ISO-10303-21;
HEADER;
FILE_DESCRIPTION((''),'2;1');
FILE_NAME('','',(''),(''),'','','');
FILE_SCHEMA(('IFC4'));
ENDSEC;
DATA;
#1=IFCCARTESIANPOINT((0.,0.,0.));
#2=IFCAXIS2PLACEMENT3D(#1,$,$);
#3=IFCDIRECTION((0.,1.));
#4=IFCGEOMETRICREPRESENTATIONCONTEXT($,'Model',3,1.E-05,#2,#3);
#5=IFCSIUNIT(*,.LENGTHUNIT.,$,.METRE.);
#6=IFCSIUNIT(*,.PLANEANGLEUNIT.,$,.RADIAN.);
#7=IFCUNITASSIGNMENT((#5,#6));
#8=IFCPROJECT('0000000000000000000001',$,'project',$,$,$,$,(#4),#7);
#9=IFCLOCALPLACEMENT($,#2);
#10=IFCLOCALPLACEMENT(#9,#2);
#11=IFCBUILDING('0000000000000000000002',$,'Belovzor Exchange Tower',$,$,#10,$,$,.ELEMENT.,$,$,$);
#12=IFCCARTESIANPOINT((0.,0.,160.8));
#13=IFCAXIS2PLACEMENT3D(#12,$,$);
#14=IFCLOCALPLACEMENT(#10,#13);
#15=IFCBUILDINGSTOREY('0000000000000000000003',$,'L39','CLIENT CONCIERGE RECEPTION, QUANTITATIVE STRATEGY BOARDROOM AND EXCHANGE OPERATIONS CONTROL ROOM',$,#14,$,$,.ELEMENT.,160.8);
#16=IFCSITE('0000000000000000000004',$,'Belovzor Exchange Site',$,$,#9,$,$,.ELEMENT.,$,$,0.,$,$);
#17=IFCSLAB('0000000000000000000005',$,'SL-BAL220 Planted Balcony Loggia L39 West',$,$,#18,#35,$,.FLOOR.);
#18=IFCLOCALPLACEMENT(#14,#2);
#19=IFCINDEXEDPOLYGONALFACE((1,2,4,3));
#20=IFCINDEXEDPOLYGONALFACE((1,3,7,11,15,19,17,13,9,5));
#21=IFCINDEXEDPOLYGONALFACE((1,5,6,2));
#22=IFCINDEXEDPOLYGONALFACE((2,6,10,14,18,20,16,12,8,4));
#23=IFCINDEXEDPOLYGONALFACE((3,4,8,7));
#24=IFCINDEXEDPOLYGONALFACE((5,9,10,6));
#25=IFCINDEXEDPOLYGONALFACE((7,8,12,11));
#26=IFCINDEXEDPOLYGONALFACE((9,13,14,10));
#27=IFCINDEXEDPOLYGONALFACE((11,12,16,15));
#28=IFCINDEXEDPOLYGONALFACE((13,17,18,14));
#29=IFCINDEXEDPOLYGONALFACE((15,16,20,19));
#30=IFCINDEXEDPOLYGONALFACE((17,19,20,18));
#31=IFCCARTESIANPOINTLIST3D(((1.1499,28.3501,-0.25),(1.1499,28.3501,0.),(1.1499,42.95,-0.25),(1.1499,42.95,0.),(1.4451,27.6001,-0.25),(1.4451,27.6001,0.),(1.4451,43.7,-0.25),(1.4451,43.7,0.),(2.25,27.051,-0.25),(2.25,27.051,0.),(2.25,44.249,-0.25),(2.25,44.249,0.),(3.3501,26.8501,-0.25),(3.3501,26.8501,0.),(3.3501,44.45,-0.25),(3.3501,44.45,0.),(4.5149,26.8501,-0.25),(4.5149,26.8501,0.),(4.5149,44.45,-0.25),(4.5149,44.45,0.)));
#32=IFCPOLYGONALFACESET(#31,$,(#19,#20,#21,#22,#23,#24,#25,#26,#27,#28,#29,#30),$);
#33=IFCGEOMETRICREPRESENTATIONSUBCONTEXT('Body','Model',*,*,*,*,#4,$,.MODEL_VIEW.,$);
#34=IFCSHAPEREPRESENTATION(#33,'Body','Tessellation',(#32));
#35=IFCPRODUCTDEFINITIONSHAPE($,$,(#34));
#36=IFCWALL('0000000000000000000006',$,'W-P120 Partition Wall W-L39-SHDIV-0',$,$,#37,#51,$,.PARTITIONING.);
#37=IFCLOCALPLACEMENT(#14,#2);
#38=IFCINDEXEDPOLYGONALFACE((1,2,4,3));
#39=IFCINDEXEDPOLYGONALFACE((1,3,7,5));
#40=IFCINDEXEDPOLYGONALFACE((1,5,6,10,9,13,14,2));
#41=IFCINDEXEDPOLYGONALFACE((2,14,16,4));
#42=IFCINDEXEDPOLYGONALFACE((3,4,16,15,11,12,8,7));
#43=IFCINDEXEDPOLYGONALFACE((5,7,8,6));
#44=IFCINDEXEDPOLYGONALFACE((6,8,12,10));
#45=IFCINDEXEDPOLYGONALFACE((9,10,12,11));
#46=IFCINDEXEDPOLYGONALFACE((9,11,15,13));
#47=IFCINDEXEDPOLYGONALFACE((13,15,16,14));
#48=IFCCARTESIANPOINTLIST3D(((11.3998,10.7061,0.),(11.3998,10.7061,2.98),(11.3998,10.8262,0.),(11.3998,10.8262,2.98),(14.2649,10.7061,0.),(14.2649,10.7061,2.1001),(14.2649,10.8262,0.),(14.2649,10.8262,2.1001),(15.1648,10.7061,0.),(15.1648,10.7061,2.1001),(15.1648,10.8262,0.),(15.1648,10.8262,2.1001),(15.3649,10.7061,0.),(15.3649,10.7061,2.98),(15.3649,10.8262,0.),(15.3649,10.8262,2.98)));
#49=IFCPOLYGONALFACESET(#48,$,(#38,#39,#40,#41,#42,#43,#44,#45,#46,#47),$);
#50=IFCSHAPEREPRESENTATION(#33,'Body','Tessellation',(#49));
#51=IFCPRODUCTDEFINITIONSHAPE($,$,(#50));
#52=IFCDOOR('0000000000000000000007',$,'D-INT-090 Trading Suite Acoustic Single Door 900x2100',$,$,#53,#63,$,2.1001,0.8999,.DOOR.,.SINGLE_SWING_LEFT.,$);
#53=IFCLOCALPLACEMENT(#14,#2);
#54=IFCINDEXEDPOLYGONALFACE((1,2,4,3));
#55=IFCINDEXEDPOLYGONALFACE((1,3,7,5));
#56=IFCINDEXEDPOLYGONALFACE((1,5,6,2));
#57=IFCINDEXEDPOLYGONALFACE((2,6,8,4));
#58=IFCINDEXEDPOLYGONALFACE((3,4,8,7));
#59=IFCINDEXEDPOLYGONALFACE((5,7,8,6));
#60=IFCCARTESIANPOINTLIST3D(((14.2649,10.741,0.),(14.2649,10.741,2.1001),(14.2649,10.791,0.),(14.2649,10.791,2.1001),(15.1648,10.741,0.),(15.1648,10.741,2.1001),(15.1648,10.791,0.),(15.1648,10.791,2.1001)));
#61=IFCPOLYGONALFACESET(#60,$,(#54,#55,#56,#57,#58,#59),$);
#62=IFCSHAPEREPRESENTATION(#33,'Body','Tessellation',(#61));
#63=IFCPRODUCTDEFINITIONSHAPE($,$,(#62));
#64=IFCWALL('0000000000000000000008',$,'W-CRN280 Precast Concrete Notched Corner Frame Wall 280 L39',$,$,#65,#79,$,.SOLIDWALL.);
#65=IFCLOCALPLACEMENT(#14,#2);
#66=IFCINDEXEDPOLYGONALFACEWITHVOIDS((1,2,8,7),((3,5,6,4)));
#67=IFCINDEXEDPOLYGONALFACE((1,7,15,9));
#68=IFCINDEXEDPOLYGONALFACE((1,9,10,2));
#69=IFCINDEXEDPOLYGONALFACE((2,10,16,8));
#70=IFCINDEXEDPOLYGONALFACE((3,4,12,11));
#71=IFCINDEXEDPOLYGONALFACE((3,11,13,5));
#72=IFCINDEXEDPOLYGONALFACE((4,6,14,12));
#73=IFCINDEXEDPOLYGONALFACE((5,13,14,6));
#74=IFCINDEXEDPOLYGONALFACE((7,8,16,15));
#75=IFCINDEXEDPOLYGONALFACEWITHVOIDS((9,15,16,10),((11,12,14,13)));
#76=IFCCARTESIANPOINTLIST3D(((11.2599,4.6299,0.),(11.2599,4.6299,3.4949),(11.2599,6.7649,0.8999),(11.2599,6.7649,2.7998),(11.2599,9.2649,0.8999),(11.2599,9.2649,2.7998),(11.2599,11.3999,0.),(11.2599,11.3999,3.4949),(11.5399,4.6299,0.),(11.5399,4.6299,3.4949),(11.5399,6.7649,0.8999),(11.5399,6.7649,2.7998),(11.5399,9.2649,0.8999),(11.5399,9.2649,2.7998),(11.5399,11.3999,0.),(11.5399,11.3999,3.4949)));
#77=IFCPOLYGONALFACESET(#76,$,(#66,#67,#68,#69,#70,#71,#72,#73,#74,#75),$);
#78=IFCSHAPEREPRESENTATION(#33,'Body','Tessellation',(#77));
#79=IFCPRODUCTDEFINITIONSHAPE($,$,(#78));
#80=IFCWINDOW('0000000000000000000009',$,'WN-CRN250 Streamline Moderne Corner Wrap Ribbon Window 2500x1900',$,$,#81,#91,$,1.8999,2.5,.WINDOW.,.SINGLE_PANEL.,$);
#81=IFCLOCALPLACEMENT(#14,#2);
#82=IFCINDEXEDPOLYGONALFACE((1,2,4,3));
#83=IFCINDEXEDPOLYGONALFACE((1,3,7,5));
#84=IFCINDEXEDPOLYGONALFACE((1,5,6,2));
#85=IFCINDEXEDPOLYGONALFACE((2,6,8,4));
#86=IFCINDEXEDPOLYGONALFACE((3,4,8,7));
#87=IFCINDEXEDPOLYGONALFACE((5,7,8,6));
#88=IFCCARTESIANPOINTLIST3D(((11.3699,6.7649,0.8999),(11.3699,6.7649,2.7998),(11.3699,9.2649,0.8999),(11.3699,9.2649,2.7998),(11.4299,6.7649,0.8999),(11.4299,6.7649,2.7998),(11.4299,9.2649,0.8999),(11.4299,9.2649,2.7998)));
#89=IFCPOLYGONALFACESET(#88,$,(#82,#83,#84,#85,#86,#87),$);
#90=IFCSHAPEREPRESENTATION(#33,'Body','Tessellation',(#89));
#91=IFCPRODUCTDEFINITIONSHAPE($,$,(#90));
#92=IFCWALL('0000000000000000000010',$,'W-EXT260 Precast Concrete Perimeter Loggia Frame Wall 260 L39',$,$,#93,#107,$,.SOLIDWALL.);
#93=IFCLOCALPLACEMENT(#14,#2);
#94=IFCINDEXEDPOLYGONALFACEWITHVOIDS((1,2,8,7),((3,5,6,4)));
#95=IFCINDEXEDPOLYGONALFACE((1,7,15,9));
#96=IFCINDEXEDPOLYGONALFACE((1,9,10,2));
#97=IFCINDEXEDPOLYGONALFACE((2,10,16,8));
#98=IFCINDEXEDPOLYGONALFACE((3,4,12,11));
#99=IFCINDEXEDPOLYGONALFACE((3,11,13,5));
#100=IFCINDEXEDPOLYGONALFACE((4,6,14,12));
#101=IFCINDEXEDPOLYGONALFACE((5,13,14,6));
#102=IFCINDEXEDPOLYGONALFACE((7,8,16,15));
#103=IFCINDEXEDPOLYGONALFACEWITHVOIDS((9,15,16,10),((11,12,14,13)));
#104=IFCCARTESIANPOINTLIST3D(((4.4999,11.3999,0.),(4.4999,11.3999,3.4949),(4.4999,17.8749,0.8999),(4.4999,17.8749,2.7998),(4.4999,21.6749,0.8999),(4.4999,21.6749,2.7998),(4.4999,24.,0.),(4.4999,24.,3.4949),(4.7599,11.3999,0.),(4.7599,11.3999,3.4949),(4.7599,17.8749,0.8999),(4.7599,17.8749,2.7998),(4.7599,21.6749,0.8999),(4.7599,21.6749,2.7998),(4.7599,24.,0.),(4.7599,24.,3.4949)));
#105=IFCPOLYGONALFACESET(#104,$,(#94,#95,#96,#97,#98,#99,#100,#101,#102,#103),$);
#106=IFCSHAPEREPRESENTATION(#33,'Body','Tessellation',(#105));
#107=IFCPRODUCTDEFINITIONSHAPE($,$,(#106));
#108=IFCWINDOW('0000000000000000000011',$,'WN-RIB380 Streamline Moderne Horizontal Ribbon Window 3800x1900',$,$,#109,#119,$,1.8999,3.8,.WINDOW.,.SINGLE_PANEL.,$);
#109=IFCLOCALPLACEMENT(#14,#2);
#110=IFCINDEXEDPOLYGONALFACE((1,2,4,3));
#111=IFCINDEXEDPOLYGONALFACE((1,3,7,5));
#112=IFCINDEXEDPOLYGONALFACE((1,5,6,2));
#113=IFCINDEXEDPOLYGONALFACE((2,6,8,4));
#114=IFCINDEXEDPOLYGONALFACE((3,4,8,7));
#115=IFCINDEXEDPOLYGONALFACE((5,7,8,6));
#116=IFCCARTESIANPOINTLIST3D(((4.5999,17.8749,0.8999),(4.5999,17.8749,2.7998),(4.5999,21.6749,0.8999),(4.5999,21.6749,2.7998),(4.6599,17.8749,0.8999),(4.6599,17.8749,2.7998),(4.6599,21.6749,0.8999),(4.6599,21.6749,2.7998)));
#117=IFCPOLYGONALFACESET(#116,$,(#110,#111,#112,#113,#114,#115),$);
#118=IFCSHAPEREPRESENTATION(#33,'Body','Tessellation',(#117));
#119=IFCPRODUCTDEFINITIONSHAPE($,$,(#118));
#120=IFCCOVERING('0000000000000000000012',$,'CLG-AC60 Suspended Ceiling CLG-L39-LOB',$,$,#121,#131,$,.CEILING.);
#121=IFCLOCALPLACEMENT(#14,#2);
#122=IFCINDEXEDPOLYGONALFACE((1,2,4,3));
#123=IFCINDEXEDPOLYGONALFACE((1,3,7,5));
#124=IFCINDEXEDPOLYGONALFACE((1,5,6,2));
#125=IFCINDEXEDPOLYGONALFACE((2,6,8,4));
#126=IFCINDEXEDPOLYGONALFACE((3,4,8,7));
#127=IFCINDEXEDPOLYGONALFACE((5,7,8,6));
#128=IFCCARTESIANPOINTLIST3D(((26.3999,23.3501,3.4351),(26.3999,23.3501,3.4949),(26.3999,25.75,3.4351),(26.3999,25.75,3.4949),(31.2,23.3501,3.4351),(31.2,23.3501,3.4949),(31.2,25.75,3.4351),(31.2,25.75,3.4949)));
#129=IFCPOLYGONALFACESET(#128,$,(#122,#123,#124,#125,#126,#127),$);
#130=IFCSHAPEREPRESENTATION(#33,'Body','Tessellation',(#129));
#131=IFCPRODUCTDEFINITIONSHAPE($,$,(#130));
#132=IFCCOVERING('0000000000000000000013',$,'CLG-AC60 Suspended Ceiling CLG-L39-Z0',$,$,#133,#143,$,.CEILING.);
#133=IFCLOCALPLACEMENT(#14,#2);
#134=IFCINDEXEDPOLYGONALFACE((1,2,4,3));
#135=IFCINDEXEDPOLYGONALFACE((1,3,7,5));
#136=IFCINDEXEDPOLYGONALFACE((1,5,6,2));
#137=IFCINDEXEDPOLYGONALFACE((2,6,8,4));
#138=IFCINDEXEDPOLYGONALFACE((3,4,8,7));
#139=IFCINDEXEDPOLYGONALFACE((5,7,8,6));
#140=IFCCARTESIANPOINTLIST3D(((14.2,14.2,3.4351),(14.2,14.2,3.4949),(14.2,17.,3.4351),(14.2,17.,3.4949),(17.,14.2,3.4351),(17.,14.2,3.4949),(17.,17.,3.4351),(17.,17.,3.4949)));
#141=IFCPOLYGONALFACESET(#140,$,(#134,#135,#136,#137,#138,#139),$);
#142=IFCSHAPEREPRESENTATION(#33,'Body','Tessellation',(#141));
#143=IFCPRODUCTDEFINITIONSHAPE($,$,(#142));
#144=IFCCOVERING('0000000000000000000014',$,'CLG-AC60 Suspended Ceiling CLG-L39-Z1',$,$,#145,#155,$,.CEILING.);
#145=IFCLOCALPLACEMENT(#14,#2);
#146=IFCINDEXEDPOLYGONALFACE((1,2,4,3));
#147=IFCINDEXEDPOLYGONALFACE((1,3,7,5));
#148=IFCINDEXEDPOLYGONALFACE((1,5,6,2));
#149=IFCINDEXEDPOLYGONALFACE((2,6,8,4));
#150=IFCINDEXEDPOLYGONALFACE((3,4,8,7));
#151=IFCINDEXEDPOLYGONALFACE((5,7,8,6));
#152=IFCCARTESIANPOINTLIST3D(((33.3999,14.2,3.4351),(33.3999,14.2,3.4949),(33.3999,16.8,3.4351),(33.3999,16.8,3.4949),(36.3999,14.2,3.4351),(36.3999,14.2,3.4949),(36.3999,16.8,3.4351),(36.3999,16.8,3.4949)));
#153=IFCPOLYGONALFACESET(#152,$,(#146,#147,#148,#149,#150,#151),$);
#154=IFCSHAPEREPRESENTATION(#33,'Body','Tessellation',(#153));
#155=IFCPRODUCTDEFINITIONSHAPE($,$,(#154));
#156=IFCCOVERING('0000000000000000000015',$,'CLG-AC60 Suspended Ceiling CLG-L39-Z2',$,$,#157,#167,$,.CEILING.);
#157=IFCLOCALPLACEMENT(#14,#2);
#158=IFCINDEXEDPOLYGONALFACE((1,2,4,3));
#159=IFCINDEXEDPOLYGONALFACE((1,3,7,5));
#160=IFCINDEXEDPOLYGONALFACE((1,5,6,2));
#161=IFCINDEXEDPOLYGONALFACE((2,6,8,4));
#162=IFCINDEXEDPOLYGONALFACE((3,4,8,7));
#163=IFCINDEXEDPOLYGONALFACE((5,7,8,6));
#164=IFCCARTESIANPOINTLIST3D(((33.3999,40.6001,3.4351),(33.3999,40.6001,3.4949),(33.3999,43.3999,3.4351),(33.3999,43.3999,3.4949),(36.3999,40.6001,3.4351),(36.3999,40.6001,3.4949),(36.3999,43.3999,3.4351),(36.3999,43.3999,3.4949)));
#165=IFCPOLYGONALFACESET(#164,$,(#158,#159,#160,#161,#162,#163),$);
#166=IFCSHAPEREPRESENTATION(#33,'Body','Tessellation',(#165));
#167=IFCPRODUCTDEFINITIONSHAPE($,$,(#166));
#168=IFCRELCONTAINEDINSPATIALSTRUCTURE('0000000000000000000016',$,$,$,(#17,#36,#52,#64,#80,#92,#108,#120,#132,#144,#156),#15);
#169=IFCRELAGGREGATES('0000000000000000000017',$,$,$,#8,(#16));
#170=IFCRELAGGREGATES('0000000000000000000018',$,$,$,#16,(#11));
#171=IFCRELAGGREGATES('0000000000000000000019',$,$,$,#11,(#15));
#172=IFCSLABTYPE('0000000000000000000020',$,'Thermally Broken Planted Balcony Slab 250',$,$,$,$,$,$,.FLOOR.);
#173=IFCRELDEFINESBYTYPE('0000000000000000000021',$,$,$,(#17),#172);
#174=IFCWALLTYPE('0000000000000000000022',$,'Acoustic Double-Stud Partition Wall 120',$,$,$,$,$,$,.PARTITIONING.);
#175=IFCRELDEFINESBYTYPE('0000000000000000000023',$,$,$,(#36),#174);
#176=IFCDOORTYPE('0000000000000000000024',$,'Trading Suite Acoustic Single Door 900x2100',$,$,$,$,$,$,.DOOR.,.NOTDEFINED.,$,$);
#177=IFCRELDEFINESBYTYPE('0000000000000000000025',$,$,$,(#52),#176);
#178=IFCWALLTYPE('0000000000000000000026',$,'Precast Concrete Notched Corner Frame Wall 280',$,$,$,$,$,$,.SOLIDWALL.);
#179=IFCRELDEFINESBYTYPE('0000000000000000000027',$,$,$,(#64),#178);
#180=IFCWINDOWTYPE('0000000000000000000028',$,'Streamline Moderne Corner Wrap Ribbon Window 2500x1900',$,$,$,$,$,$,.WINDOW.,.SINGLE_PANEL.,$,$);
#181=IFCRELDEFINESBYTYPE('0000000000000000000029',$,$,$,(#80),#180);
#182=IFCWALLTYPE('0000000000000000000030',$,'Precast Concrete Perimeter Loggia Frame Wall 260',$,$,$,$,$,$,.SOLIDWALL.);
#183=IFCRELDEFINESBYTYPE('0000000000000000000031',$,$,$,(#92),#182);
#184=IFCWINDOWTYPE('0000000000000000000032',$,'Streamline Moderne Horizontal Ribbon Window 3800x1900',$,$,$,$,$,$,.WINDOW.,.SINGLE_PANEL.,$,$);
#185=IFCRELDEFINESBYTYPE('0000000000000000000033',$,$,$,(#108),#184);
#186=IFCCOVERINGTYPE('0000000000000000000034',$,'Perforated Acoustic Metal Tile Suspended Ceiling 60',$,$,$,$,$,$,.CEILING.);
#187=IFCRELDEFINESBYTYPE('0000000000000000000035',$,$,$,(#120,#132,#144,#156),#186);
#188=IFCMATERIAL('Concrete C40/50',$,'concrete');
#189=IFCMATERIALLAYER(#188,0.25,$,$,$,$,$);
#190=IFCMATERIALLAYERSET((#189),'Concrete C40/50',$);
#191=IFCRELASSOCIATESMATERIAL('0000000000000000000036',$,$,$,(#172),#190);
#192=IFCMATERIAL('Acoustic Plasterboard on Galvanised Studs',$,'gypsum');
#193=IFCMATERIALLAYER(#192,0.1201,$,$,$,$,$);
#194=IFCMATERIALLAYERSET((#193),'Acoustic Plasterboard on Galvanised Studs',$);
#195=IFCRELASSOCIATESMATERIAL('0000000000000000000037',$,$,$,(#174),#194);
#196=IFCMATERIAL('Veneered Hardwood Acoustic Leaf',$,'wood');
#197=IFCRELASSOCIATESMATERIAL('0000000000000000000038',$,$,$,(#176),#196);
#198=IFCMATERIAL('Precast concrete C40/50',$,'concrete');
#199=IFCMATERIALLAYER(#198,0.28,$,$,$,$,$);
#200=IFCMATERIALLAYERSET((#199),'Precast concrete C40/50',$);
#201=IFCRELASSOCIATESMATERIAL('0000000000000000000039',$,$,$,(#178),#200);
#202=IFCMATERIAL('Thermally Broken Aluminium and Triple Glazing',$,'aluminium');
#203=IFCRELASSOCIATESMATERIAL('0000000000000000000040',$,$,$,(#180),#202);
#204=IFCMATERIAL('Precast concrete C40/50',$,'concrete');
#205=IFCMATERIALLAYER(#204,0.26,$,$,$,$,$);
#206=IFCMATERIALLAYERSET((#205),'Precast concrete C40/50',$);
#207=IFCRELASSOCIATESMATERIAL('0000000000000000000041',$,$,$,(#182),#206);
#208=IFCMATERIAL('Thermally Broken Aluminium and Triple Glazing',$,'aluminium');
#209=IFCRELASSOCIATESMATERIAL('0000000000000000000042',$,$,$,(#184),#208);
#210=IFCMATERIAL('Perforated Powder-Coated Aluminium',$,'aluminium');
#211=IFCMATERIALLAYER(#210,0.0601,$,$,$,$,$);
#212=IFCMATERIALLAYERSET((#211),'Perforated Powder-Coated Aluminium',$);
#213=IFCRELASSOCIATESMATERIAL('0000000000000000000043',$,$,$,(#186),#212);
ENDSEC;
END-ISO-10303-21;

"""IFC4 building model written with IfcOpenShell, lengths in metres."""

from ifc_helpers import new_model, si_unit, direction, frame, frame_2d, origin, place, context, subcontext, project, spatial, polyline, rectangle, outline, extrude, material, layer, layer_set, type_object, element, fill, save


model = new_model("IFC4")

# Units and contexts
model_context = context("Model", 3, precision=1e-05, world=origin(), true_north=direction((0.0, 1.0)))
body_context = subcontext(model_context, "Body", "Model", "MODEL_VIEW")
ifc_project = project(units=[si_unit("LENGTHUNIT", "METRE"), si_unit("PLANEANGLEUNIT", "RADIAN")], contexts=[model_context])

# Site, building, storey
site_placement = place(None, origin())
site = spatial("IfcSite", under=ifc_project, at=site_placement, Name="Belovzor Exchange Site", CompositionType="ELEMENT", RefElevation=0.0)
building_placement = place(site_placement, origin())
building = spatial("IfcBuilding", under=site, at=building_placement, Name="Belovzor Exchange Tower", CompositionType="ELEMENT")
storey_placement = place(building_placement, frame((0.0, 0.0, 160.8)))
storey = spatial("IfcBuildingStorey", under=building, at=storey_placement, Name="L39", Description="CLIENT CONCIERGE RECEPTION, QUANTITATIVE STRATEGY BOARDROOM AND EXCHANGE OPERATIONS CONTROL ROOM", CompositionType="ELEMENT", Elevation=160.8)

# Slab
ifc_material_1 = material(Name="Concrete C40/50", Category="concrete")
ifc_layer_1 = layer(ifc_material_1, 0.25)
ifc_layer_set_1 = layer_set([ifc_layer_1], Name="Concrete C40/50")
slab_type_1 = type_object("IfcSlabType", Name="Thermally Broken Planted Balcony Slab 250", PredefinedType="FLOOR", material=ifc_layer_set_1)
slab_1_placement = place(storey_placement, frame((0.0, 0.0, -0.25)))
element("IfcSlab", 1, at=slab_1_placement, inside=storey, type_object=slab_type_1, Name="SL-BAL220 Planted Balcony Loggia L39 West", PredefinedType="FLOOR", context=body_context, shape_type="SweptSolid", body=[
    extrude(outline(polyline([(4.5149, 44.45), (3.3501, 44.45), (2.25, 44.249), (1.4451, 43.7), (1.1499, 42.95), (1.1499, 28.3501), (1.4451, 27.6001), (2.25, 27.051), (3.3501, 26.8501), (4.5149, 26.8501), (4.5149, 44.45)])), origin(), (0.0, 0.0, 1.0), 0.25),
])

# Wall, opening, door
ifc_material_2 = material(Name="Acoustic Plasterboard on Galvanised Studs", Category="gypsum")
ifc_layer_2 = layer(ifc_material_2, 0.1201)
ifc_layer_set_2 = layer_set([ifc_layer_2], Name="Acoustic Plasterboard on Galvanised Studs")
wall_type_1 = type_object("IfcWallType", Name="Acoustic Double-Stud Partition Wall 120", PredefinedType="PARTITIONING", material=ifc_layer_set_2)
wall_1_placement = place(storey_placement, frame((11.3999, 10.7661, 0.0), z_axis=(0.0, 0.0, 1.0), x_axis=(1.0, 0.0, 0.0)))
wall_1 = element("IfcWall", 2, at=wall_1_placement, inside=storey, type_object=wall_type_1, Name="W-P120 Partition Wall W-L39-SHDIV-0", PredefinedType="PARTITIONING", context=body_context, shape_type="SweptSolid", body=[
    extrude(rectangle(XDim=3.9651, YDim=0.1201, at=frame_2d((1.9824, 0.0))), origin(), (0.0, 0.0, 1.0), 2.98),
])
opening_1_placement = place(wall_1_placement, frame((2.865, 0.0, 0.0)))
opening_1 = element("IfcOpeningElement", 3, at=opening_1_placement, cuts=wall_1, PredefinedType="OPENING", context=body_context, shape_type="SweptSolid", body=[
    extrude(rectangle(XDim=0.8999, YDim=2.1001, at=frame_2d((0.45, 1.05))), frame((0.0, 0.0701, 0.0), z_axis=(0.0, -1.0, 0.0), x_axis=(1.0, 0.0, 0.0)), (0.0, 0.0, 1.0), 0.1401),
])
ifc_material_3 = material(Name="Veneered Hardwood Acoustic Leaf", Category="wood")
door_type = type_object("IfcDoorType", Name="Trading Suite Acoustic Single Door 900x2100", OperationType="NOTDEFINED", PredefinedType="DOOR", material=ifc_material_3)
door_placement = place(opening_1_placement, origin())
door = element("IfcDoor", 4, at=door_placement, inside=storey, type_object=door_type, Name="D-INT-090 Trading Suite Acoustic Single Door 900x2100", OperationType="SINGLE_SWING_LEFT", OverallHeight=2.1001, OverallWidth=0.8999, PredefinedType="DOOR", context=body_context, shape_type="SweptSolid", body=[
    extrude(rectangle(XDim=0.8999, YDim=2.1001, at=frame_2d((0.45, 1.05))), frame((0.0, 0.0249, 0.0), z_axis=(0.0, -1.0, 0.0), x_axis=(1.0, 0.0, 0.0)), (0.0, 0.0, 1.0), 0.05),
])
fill(opening_1, door)

# Walls, openings, windows
ifc_material_4 = material(Name="Precast concrete C40/50", Category="concrete")
ifc_layer_3 = layer(ifc_material_4, 0.28)
ifc_layer_set_3 = layer_set([ifc_layer_3], Name="Precast concrete C40/50")
wall_type_2 = type_object("IfcWallType", Name="Precast Concrete Notched Corner Frame Wall 280", PredefinedType="SOLIDWALL", material=ifc_layer_set_3)
wall_2_placement = place(storey_placement, frame((11.3999, 4.6299, 0.0), z_axis=(0.0, 0.0, 1.0), x_axis=(0.0, 1.0, 0.0)))
wall_2 = element("IfcWall", 5, at=wall_2_placement, inside=storey, type_object=wall_type_2, Name="W-CRN280 Precast Concrete Notched Corner Frame Wall 280 L39", PredefinedType="SOLIDWALL", context=body_context, shape_type="SweptSolid", body=[
    extrude(rectangle(XDim=6.77, YDim=0.28, at=frame_2d((3.385, 0.0))), origin(), (0.0, 0.0, 1.0), 3.4949),
])
opening_2_placement = place(wall_2_placement, frame((2.135, 0.0, 0.8999)))
opening_2 = element("IfcOpeningElement", 6, at=opening_2_placement, cuts=wall_2, PredefinedType="OPENING", context=body_context, shape_type="SweptSolid", body=[
    extrude(rectangle(XDim=2.5, YDim=1.8999, at=frame_2d((1.25, 0.95))), frame((0.0, 0.1499, 0.0), z_axis=(0.0, -1.0, 0.0), x_axis=(1.0, 0.0, 0.0)), (0.0, 0.0, 1.0), 0.3),
])
ifc_material_5 = material(Name="Thermally Broken Aluminium and Triple Glazing", Category="aluminium")
window_type_1 = type_object("IfcWindowType", Name="Streamline Moderne Corner Wrap Ribbon Window 2500x1900", PartitioningType="SINGLE_PANEL", PredefinedType="WINDOW", material=ifc_material_5)
window_1_placement = place(opening_2_placement, origin())
window_1 = element("IfcWindow", 7, at=window_1_placement, inside=storey, type_object=window_type_1, Name="WN-CRN250 Streamline Moderne Corner Wrap Ribbon Window 2500x1900", OverallHeight=1.8999, OverallWidth=2.5, PartitioningType="SINGLE_PANEL", PredefinedType="WINDOW", context=body_context, shape_type="SweptSolid", body=[
    extrude(rectangle(XDim=2.5, YDim=1.8999, at=frame_2d((1.25, 0.95))), frame((0.0, 0.03, 0.0), z_axis=(0.0, -1.0, 0.0), x_axis=(1.0, 0.0, 0.0)), (0.0, 0.0, 1.0), 0.0601),
])
fill(opening_2, window_1)
ifc_material_6 = material(Name="Precast concrete C40/50", Category="concrete")
ifc_layer_4 = layer(ifc_material_6, 0.26)
ifc_layer_set_4 = layer_set([ifc_layer_4], Name="Precast concrete C40/50")
wall_type_3 = type_object("IfcWallType", Name="Precast Concrete Perimeter Loggia Frame Wall 260", PredefinedType="SOLIDWALL", material=ifc_layer_set_4)
wall_3_placement = place(storey_placement, frame((4.6299, 11.3999, 0.0), z_axis=(0.0, 0.0, 1.0), x_axis=(0.0, 1.0, 0.0)))
wall_3 = element("IfcWall", 8, at=wall_3_placement, inside=storey, type_object=wall_type_3, Name="W-EXT260 Precast Concrete Perimeter Loggia Frame Wall 260 L39", PredefinedType="SOLIDWALL", context=body_context, shape_type="SweptSolid", body=[
    extrude(rectangle(XDim=12.6001, YDim=0.26, at=frame_2d((6.3, 0.0))), origin(), (0.0, 0.0, 1.0), 3.4949),
])
opening_3_placement = place(wall_3_placement, frame((6.4751, 0.0, 0.8999)))
opening_3 = element("IfcOpeningElement", 9, at=opening_3_placement, cuts=wall_3, PredefinedType="OPENING", context=body_context, shape_type="SweptSolid", body=[
    extrude(rectangle(XDim=3.8, YDim=1.8999, at=frame_2d((1.8999, 0.95))), frame((0.0, 0.1399, 0.0), z_axis=(0.0, -1.0, 0.0), x_axis=(1.0, 0.0, 0.0)), (0.0, 0.0, 1.0), 0.28),
])
ifc_material_7 = material(Name="Thermally Broken Aluminium and Triple Glazing", Category="aluminium")
window_type_2 = type_object("IfcWindowType", Name="Streamline Moderne Horizontal Ribbon Window 3800x1900", PartitioningType="SINGLE_PANEL", PredefinedType="WINDOW", material=ifc_material_7)
window_2_placement = place(opening_3_placement, origin())
window_2 = element("IfcWindow", 10, at=window_2_placement, inside=storey, type_object=window_type_2, Name="WN-RIB380 Streamline Moderne Horizontal Ribbon Window 3800x1900", OverallHeight=1.8999, OverallWidth=3.8, PartitioningType="SINGLE_PANEL", PredefinedType="WINDOW", context=body_context, shape_type="SweptSolid", body=[
    extrude(rectangle(XDim=3.8, YDim=1.8999, at=frame_2d((1.8999, 0.95))), frame((0.0, 0.03, 0.0), z_axis=(0.0, -1.0, 0.0), x_axis=(1.0, 0.0, 0.0)), (0.0, 0.0, 1.0), 0.0601),
])
fill(opening_3, window_2)

# Coverings
ifc_material_8 = material(Name="Perforated Powder-Coated Aluminium", Category="aluminium")
ifc_layer_5 = layer(ifc_material_8, 0.0601)
ifc_layer_set_5 = layer_set([ifc_layer_5], Name="Perforated Powder-Coated Aluminium")
covering_type_1 = type_object("IfcCoveringType", Name="Perforated Acoustic Metal Tile Suspended Ceiling 60", PredefinedType="CEILING", material=ifc_layer_set_5)
covering_1_placement = place(storey_placement, frame((0.0, 0.0, 3.4351)))
element("IfcCovering", 11, at=covering_1_placement, inside=storey, type_object=covering_type_1, Name="CLG-AC60 Suspended Ceiling CLG-L39-LOB", PredefinedType="CEILING", context=body_context, shape_type="SweptSolid", body=[
    extrude(outline(polyline([(26.3999, 23.3501), (31.2, 23.3501), (31.2, 25.75), (26.3999, 25.75), (26.3999, 23.3501)])), origin(), (0.0, 0.0, 1.0), 0.0598),
])
covering_2_placement = place(storey_placement, frame((0.0, 0.0, 3.4351)))
element("IfcCovering", 12, at=covering_2_placement, inside=storey, type_object=covering_type_1, Name="CLG-AC60 Suspended Ceiling CLG-L39-Z0", PredefinedType="CEILING", context=body_context, shape_type="SweptSolid", body=[
    extrude(outline(polyline([(14.2, 14.2), (17.0, 14.2), (17.0, 17.0), (14.2, 17.0), (14.2, 14.2)])), origin(), (0.0, 0.0, 1.0), 0.0598),
])
covering_3_placement = place(storey_placement, frame((0.0, 0.0, 3.4351)))
element("IfcCovering", 13, at=covering_3_placement, inside=storey, type_object=covering_type_1, Name="CLG-AC60 Suspended Ceiling CLG-L39-Z1", PredefinedType="CEILING", context=body_context, shape_type="SweptSolid", body=[
    extrude(outline(polyline([(33.3999, 14.2), (36.3999, 14.2), (36.3999, 16.8), (33.3999, 16.8), (33.3999, 14.2)])), origin(), (0.0, 0.0, 1.0), 0.0598),
])
covering_4_placement = place(storey_placement, frame((0.0, 0.0, 3.4351)))
element("IfcCovering", 14, at=covering_4_placement, inside=storey, type_object=covering_type_1, Name="CLG-AC60 Suspended Ceiling CLG-L39-Z2", PredefinedType="CEILING", context=body_context, shape_type="SweptSolid", body=[
    extrude(outline(polyline([(33.3999, 40.6001), (36.3999, 40.6001), (36.3999, 43.3999), (33.3999, 43.3999), (33.3999, 40.6001)])), origin(), (0.0, 0.0, 1.0), 0.0598),
])

save(model, "model.ifc")
